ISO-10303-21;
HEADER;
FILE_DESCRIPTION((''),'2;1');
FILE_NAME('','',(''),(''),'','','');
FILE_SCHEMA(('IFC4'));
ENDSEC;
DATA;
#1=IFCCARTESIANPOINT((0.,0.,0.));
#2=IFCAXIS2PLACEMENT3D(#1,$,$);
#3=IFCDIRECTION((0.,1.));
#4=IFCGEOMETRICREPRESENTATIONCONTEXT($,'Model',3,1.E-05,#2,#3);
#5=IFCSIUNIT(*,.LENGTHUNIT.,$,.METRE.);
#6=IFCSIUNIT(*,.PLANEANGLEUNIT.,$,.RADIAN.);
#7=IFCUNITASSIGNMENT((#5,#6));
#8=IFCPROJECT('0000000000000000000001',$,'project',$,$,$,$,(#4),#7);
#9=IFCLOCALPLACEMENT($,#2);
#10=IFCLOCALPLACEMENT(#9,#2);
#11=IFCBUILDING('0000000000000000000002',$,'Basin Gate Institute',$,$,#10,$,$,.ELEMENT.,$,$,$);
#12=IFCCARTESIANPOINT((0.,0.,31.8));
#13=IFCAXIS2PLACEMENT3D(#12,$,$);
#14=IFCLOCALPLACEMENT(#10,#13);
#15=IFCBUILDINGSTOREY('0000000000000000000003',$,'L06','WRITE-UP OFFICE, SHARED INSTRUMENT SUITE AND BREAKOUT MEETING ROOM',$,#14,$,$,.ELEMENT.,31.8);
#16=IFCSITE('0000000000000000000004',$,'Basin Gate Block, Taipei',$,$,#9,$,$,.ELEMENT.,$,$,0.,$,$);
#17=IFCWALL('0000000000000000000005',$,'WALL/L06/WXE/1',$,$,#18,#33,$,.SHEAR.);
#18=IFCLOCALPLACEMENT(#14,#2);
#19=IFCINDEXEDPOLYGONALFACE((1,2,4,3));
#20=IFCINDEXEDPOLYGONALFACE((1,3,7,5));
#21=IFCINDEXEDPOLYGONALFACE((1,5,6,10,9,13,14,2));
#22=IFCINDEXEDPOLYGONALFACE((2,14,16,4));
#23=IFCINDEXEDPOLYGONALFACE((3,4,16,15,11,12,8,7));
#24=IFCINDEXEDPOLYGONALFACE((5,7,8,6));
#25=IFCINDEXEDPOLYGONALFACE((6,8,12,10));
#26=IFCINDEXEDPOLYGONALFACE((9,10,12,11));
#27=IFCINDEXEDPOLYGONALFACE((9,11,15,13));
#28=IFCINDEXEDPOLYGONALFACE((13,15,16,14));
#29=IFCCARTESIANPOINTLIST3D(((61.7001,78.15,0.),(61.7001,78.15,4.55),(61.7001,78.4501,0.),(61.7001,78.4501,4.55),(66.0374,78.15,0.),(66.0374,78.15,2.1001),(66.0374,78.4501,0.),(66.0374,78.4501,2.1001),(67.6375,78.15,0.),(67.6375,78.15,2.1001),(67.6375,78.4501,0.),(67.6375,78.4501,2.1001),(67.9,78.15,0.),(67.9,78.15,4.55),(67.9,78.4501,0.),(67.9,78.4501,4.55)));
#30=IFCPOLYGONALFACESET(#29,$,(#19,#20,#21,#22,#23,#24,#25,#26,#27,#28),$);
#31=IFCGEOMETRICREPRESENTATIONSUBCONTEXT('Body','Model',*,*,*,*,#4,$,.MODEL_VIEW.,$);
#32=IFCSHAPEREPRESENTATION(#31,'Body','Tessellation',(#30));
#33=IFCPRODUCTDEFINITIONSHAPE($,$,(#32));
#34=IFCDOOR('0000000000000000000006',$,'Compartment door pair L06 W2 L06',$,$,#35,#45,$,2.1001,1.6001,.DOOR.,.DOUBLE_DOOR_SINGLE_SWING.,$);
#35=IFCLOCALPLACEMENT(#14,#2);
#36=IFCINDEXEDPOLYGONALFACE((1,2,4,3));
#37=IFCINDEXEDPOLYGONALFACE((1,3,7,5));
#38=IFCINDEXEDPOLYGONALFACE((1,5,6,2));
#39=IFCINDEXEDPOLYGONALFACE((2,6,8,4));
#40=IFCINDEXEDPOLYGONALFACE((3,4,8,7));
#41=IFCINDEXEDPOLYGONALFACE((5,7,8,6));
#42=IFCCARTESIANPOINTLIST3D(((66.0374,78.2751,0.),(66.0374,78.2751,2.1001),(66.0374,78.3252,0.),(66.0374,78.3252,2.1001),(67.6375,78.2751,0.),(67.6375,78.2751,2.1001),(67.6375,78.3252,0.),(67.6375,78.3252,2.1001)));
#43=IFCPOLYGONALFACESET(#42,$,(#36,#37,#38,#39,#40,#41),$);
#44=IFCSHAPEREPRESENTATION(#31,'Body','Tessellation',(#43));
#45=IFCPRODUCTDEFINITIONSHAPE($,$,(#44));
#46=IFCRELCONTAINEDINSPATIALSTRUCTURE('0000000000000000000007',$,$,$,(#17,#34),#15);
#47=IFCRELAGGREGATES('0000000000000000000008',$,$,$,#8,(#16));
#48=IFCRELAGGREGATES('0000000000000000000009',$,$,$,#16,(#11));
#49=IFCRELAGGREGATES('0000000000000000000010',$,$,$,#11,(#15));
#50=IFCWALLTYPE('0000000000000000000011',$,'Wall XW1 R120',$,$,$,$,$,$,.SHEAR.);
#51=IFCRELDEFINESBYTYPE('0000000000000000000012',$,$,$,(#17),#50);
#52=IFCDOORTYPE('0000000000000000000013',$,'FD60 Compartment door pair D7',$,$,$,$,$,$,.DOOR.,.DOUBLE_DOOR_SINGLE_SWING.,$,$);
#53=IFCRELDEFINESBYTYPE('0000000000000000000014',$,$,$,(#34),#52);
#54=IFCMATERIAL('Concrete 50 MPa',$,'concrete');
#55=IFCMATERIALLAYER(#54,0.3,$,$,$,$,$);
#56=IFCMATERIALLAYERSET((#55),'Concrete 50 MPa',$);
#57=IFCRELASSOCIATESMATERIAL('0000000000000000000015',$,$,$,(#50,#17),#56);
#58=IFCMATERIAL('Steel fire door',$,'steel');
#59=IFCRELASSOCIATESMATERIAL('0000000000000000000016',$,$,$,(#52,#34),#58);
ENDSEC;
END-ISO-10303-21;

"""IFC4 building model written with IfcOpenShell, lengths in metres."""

from ifc_helpers import new_model, si_unit, direction, frame, frame_2d, origin, place, context, subcontext, project, spatial, rectangle, extrude, material, layer, layer_set, type_object, element, fill, save


model = new_model("IFC4")

# Units and contexts
model_context = context("Model", 3, precision=1e-05, world=origin(), true_north=direction((0.0, 1.0)))
body_context = subcontext(model_context, "Body", "Model", "MODEL_VIEW")
ifc_project = project(units=[si_unit("LENGTHUNIT", "METRE"), si_unit("PLANEANGLEUNIT", "RADIAN")], contexts=[model_context])

# Site, building, storey
site_placement = place(None, origin())
site = spatial("IfcSite", under=ifc_project, at=site_placement, Name="Basin Gate Block, Taipei", CompositionType="ELEMENT", RefElevation=0.0)
building_placement = place(site_placement, origin())
building = spatial("IfcBuilding", under=site, at=building_placement, Name="Basin Gate Institute", CompositionType="ELEMENT")
storey_placement = place(building_placement, frame((0.0, 0.0, 31.8)))
storey = spatial("IfcBuildingStorey", under=building, at=storey_placement, Name="L06", Description="WRITE-UP OFFICE, SHARED INSTRUMENT SUITE AND BREAKOUT MEETING ROOM", CompositionType="ELEMENT", Elevation=31.8)

# Wall, opening, door
ifc_material_1 = material(Name="Concrete 50 MPa", Category="concrete")
ifc_layer_1 = layer(ifc_material_1, 0.3)
ifc_layer_set_1 = layer_set([ifc_layer_1], Name="Concrete 50 MPa")
wall_type_1 = type_object("IfcWallType", Name="Wall XW1 R120", PredefinedType="SHEAR", material=ifc_layer_set_1)
wall_1_placement = place(storey_placement, frame((61.7, 78.3, 0.0), z_axis=(0.0, 0.0, 1.0), x_axis=(1.0, 0.0, 0.0)))
wall_1 = element("IfcWall", 1, at=wall_1_placement, inside=storey, type_object=wall_type_1, material=ifc_layer_set_1, Name="WALL/L06/WXE/1", PredefinedType="SHEAR", context=body_context, shape_type="SweptSolid", body=[
    extrude(rectangle(XDim=6.2, YDim=0.3, at=frame_2d((3.1001, 0.0))), origin(), (0.0, 0.0, 1.0), 4.55),
])
opening_1_placement = place(wall_1_placement, frame((4.3374, 0.0, 0.0)))
opening_1 = element("IfcOpeningElement", 2, at=opening_1_placement, cuts=wall_1, PredefinedType="OPENING", context=body_context, shape_type="SweptSolid", body=[
    extrude(rectangle(XDim=1.6001, YDim=2.1001, at=frame_2d((0.8, 1.05))), frame((0.0, 0.1602, 0.0), z_axis=(0.0, -1.0, 0.0), x_axis=(1.0, 0.0, 0.0)), (0.0, 0.0, 1.0), 0.3201),
])
ifc_material_2 = material(Name="Steel fire door", Category="steel")
door_type_1 = type_object("IfcDoorType", Name="FD60 Compartment door pair D7", OperationType="DOUBLE_DOOR_SINGLE_SWING", PredefinedType="DOOR", material=ifc_material_2)
door_1_placement = place(opening_1_placement, frame((1.6001, 0.0, 0.0), z_axis=(0.0, 0.0, 1.0), x_axis=(-1.0, 0.0, 0.0)))
door_1 = element("IfcDoor", 3, at=door_1_placement, inside=storey, type_object=door_type_1, material=ifc_material_2, Name="Compartment door pair L06 W2 L06", OperationType="DOUBLE_DOOR_SINGLE_SWING", OverallHeight=2.1001, OverallWidth=1.6001, PredefinedType="DOOR", context=body_context, shape_type="SweptSolid", body=[
    extrude(rectangle(XDim=1.6001, YDim=2.1001, at=frame_2d((0.8, 1.05))), frame((0.0, 0.0249, 0.0), z_axis=(0.0, -1.0, 0.0), x_axis=(1.0, 0.0, 0.0)), (0.0, 0.0, 1.0), 0.05),
])
fill(opening_1, door_1)

save(model, "model.ifc")
